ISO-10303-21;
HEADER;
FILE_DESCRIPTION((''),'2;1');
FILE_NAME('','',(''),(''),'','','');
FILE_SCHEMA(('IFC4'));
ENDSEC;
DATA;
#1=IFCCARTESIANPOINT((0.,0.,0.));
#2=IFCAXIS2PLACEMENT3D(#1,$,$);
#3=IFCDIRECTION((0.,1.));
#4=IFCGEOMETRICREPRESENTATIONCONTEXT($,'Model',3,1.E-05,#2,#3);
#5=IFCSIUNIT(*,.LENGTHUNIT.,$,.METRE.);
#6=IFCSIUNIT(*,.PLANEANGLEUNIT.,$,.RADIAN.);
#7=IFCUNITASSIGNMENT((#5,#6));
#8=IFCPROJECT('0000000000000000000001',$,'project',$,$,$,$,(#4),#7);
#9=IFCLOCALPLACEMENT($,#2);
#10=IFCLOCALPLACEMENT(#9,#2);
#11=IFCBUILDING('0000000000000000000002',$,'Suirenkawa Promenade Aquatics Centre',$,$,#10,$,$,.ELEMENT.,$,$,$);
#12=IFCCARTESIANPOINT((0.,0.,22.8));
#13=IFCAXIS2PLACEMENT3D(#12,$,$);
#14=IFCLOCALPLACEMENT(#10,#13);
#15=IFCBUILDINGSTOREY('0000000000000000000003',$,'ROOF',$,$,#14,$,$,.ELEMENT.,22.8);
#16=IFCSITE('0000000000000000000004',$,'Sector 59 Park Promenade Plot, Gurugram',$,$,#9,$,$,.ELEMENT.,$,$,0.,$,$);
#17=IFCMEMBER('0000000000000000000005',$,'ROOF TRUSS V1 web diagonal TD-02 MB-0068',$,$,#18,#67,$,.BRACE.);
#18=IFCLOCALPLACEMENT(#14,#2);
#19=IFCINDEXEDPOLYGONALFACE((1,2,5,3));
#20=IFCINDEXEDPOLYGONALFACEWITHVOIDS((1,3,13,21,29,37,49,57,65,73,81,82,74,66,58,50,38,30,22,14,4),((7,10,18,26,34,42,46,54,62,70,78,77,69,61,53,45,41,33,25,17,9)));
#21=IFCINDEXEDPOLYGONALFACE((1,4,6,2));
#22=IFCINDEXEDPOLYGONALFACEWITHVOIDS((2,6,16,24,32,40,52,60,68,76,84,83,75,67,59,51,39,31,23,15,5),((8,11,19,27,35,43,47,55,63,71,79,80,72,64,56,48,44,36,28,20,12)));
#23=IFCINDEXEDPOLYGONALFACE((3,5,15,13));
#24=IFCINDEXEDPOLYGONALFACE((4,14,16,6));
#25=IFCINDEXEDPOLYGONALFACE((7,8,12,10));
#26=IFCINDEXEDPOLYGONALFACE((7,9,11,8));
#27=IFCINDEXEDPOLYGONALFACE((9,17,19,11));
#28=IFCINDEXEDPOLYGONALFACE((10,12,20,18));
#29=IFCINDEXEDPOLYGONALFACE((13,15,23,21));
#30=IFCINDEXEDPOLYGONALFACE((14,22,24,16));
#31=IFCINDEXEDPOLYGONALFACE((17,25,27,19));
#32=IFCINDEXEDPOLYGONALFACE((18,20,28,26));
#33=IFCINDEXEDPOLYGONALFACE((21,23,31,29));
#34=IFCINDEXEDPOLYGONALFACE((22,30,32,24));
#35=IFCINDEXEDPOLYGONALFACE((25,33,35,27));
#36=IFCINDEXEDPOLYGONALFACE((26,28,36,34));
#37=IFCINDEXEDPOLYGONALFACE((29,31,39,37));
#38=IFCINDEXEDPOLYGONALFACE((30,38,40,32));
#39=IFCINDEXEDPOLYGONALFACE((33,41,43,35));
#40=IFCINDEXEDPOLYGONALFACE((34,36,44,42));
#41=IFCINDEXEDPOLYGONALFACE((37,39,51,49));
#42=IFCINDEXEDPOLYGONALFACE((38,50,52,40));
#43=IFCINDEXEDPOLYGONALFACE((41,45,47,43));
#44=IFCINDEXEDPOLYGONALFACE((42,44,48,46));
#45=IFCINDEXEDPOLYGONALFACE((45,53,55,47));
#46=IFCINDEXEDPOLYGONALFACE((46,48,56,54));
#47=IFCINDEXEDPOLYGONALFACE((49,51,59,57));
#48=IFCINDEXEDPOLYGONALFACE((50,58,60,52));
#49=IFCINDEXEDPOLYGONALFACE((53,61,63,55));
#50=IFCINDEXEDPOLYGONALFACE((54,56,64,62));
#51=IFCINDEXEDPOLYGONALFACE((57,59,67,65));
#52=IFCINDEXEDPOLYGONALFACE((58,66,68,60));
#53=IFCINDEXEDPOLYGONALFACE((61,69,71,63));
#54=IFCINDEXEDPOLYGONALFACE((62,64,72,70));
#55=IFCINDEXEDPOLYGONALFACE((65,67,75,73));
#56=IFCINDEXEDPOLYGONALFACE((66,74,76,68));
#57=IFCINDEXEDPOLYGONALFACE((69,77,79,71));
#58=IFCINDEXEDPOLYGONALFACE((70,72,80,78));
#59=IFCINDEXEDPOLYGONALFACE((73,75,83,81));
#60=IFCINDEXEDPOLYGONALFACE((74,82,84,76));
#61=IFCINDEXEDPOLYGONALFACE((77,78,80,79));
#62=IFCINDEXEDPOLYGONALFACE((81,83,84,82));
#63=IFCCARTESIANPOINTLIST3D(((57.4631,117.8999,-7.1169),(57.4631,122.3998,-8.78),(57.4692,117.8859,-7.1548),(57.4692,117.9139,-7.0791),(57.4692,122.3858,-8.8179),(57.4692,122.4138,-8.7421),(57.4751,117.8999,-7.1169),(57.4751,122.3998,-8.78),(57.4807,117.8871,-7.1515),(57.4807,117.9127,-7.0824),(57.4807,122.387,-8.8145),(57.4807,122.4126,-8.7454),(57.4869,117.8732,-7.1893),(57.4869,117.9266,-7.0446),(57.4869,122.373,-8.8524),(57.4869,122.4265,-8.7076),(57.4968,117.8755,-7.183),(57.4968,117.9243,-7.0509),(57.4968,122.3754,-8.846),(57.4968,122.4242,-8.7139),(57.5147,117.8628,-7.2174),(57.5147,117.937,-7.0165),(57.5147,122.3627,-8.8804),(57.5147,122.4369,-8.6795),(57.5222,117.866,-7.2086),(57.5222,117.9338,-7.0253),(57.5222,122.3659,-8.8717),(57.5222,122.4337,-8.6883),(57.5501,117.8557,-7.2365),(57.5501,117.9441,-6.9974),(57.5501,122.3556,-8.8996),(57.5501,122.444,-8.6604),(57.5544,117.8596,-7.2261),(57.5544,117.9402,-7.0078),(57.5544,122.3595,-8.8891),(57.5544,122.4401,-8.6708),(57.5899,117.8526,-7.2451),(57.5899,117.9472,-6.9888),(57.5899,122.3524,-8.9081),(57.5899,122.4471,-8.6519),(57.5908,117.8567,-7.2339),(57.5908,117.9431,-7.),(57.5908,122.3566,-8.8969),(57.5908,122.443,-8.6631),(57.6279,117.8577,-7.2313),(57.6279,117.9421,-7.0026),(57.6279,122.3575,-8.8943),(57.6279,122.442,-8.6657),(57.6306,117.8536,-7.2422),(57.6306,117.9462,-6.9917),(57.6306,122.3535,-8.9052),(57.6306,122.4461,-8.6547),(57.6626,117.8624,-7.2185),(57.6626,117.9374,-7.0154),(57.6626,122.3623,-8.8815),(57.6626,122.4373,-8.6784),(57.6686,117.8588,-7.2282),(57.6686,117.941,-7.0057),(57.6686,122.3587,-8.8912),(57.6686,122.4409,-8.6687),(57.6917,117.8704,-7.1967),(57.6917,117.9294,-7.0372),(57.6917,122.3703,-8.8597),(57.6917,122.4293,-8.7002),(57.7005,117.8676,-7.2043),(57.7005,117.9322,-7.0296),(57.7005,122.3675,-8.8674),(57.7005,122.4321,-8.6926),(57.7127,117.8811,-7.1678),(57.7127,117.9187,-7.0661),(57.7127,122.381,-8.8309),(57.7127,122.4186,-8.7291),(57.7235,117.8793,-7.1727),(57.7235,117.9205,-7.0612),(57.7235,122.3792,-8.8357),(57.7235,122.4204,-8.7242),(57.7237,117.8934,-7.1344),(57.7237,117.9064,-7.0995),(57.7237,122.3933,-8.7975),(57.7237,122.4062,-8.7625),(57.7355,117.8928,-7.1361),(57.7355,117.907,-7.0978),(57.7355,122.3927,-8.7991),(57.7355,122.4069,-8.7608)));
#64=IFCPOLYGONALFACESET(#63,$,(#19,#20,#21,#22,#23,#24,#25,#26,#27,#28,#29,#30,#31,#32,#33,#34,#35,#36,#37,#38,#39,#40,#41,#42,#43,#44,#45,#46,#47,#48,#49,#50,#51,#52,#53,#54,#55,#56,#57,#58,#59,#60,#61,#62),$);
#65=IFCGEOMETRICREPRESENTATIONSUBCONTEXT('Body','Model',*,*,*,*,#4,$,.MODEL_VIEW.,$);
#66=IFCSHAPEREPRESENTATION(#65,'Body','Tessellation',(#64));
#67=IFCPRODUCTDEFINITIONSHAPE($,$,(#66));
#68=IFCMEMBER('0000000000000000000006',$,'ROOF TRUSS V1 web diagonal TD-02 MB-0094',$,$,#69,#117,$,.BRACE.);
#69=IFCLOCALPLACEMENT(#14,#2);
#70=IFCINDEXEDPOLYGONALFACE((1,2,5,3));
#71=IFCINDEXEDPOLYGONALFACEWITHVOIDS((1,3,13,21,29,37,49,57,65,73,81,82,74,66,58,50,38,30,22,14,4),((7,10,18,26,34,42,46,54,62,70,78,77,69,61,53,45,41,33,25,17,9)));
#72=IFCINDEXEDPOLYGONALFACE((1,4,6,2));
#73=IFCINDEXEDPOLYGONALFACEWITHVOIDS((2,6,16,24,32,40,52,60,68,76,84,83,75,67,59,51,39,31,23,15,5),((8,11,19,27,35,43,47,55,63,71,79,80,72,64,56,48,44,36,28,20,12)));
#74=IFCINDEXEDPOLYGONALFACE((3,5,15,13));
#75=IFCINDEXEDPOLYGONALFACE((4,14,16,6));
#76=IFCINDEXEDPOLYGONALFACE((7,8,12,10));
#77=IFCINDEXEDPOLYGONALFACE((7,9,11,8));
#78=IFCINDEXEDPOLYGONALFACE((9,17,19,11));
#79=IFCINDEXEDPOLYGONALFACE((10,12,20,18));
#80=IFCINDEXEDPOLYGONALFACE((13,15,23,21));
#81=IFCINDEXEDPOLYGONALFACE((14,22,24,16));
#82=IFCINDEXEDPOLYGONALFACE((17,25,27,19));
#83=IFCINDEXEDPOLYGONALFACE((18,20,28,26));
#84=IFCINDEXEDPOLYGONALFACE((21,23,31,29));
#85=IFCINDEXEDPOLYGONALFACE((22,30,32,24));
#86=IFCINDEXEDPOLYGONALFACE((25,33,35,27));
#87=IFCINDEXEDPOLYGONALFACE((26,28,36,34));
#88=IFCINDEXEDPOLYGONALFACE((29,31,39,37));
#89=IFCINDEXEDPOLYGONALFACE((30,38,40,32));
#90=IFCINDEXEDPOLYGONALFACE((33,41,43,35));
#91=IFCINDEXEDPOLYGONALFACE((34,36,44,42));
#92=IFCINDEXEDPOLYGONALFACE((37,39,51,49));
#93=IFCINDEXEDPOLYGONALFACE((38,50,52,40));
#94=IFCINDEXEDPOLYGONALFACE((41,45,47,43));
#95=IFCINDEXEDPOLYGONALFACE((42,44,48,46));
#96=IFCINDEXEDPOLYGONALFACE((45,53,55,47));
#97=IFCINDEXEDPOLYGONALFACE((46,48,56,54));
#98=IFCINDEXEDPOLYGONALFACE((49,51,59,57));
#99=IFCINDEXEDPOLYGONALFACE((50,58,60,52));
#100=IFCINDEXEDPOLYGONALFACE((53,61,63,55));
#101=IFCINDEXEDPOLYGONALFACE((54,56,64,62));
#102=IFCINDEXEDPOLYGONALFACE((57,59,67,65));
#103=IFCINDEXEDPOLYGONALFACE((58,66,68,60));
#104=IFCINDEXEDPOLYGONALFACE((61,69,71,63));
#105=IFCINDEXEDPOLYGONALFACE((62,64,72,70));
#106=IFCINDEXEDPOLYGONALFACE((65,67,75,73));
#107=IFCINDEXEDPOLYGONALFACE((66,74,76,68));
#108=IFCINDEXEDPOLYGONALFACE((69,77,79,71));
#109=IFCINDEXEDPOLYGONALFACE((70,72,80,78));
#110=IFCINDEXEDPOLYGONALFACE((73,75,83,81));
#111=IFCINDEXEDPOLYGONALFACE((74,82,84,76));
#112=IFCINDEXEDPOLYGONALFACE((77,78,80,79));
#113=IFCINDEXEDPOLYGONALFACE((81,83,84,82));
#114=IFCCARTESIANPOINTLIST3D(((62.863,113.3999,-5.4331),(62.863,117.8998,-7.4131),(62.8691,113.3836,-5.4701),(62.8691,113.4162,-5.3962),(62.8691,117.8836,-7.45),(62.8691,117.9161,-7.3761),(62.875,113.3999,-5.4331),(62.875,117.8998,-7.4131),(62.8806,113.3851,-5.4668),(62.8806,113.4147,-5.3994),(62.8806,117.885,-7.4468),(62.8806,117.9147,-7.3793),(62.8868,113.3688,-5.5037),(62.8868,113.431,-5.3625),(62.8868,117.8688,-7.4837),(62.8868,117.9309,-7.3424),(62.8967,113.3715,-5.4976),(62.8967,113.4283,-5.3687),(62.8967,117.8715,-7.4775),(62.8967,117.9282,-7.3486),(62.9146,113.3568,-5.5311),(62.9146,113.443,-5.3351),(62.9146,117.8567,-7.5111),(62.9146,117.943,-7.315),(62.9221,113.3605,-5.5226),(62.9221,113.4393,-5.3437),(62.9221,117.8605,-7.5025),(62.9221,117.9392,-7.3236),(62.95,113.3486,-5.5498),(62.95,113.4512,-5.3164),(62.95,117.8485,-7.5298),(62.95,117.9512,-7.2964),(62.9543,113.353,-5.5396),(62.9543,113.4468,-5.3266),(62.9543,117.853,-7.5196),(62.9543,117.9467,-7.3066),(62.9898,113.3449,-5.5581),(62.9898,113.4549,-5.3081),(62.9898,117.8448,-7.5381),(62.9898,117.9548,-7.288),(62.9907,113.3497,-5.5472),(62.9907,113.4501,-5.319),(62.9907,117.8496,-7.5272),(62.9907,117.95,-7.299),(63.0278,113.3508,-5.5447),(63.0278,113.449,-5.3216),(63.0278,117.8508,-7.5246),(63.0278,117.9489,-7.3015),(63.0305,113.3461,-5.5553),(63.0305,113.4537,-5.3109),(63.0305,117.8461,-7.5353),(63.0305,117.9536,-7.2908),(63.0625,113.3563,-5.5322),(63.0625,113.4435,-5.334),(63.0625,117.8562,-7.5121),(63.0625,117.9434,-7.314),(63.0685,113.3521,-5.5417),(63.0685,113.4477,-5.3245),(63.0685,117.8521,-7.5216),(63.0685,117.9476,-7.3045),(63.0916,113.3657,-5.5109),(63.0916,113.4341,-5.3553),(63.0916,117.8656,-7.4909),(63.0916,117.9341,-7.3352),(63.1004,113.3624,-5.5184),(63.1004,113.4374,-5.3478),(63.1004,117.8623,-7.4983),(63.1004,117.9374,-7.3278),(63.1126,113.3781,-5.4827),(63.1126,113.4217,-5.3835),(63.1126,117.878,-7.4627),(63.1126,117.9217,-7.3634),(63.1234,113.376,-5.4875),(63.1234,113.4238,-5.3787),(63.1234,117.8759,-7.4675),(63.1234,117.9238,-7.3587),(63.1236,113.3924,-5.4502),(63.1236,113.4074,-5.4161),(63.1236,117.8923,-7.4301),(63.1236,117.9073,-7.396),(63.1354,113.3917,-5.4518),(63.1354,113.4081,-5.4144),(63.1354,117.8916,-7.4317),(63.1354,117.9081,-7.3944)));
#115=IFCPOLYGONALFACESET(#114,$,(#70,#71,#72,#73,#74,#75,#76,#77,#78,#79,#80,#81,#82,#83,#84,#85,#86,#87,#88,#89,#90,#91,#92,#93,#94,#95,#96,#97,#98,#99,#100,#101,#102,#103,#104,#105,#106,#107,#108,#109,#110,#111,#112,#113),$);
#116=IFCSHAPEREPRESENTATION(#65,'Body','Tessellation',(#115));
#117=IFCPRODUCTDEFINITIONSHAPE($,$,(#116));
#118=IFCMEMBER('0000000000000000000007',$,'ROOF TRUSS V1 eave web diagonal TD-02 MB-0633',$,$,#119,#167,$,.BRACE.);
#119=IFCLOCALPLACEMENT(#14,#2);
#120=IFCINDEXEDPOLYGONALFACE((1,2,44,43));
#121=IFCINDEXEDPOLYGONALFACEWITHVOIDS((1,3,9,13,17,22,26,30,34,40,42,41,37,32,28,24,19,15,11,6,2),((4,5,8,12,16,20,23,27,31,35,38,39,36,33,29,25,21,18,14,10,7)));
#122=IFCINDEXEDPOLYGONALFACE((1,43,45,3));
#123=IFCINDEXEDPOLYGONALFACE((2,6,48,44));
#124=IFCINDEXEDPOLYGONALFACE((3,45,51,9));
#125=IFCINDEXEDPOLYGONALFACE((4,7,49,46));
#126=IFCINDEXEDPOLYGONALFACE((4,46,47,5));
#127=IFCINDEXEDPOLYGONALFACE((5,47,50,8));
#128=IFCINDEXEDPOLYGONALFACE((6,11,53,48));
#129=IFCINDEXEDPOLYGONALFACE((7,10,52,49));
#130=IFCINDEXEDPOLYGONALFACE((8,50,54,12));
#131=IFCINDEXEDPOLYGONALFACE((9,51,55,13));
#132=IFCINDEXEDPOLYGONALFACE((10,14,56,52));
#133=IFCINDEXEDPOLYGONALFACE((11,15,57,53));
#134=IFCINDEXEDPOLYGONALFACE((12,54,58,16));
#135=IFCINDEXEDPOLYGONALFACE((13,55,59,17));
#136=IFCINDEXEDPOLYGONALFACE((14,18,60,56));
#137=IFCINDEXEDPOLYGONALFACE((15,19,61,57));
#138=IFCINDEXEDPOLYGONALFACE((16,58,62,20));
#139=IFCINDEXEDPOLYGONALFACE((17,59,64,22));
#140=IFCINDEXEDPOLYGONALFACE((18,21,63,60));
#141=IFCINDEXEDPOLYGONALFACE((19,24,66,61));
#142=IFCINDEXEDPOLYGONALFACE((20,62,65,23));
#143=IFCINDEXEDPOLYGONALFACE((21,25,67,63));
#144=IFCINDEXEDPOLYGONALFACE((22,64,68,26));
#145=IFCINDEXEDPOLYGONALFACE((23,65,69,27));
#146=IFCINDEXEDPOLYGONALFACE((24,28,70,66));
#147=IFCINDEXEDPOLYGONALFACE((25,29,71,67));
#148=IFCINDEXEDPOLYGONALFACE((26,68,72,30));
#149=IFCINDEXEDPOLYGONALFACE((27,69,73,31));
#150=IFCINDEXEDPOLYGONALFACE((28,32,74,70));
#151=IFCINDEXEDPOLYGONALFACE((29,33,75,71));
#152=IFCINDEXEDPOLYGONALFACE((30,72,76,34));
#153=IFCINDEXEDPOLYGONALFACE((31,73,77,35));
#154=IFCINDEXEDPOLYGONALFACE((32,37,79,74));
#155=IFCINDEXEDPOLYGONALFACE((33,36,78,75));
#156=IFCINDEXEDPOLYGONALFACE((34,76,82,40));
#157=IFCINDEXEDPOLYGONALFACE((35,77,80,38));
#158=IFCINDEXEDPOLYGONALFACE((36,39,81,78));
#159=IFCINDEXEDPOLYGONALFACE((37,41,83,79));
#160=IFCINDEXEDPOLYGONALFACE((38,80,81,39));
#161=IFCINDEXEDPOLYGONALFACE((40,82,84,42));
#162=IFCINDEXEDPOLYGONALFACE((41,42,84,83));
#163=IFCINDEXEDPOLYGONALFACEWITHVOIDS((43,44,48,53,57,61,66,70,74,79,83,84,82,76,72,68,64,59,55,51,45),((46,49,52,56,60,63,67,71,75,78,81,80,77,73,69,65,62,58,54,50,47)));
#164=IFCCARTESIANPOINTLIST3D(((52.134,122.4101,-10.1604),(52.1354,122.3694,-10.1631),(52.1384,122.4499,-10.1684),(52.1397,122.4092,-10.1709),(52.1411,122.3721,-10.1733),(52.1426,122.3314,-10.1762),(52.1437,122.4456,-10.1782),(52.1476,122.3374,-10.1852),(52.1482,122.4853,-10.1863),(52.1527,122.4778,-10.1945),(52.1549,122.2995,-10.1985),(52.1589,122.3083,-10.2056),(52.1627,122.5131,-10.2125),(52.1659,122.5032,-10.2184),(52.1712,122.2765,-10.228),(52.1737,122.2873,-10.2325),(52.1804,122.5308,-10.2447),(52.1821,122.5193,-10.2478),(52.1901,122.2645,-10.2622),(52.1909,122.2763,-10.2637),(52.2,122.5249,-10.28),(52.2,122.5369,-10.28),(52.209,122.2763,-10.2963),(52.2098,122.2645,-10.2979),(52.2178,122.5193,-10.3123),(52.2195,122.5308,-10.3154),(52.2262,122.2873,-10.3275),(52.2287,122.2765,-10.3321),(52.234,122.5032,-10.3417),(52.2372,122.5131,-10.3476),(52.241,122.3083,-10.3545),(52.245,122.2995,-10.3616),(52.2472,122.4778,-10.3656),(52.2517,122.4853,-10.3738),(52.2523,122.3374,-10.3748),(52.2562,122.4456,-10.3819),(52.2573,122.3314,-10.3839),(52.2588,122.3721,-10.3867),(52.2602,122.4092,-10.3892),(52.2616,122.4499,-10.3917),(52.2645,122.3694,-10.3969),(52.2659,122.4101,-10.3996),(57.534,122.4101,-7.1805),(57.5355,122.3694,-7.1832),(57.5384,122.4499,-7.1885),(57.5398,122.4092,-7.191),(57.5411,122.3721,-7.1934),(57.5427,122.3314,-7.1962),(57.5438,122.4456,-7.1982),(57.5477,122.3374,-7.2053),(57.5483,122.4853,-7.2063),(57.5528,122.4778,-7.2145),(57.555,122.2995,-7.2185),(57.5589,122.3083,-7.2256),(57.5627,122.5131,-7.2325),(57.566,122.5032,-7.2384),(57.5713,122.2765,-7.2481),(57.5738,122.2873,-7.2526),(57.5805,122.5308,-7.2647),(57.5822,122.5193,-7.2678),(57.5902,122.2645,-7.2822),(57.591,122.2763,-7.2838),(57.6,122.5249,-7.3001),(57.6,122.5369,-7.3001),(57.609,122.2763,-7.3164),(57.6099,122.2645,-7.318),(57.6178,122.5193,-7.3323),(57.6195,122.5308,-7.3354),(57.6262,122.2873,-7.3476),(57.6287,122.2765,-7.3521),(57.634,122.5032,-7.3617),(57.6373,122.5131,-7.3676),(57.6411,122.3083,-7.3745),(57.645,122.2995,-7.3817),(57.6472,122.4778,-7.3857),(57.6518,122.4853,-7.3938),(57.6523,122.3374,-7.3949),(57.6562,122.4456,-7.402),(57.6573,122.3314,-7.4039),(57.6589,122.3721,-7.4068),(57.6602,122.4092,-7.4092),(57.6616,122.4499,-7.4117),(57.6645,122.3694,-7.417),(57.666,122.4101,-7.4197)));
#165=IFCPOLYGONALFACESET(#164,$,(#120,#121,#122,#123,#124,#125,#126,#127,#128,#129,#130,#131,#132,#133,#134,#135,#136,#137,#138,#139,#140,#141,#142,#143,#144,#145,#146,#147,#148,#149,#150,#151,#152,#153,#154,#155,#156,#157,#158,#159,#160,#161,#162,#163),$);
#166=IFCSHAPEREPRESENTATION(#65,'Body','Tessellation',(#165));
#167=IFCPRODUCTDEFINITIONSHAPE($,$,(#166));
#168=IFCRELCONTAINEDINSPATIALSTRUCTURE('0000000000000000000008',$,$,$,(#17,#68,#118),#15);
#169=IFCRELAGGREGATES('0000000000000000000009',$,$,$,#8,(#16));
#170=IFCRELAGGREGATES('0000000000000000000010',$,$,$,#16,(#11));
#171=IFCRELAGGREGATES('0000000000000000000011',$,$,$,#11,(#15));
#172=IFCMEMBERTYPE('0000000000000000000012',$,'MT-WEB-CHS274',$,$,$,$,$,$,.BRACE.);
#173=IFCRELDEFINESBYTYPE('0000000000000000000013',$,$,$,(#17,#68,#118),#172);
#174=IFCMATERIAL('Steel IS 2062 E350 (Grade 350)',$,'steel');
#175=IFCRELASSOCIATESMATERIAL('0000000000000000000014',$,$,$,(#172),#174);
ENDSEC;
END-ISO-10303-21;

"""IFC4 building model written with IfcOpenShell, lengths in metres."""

from ifc_helpers import new_model, si_unit, direction, frame, origin, origin_2d, place, context, subcontext, project, spatial, hollow_circle, extrude, material, material_profile, profile_set, type_object, element, save


model = new_model("IFC4")

# Units and contexts
model_context = context("Model", 3, precision=1e-05, world=origin(), true_north=direction((0.0, 1.0)))
body_context = subcontext(model_context, "Body", "Model", "MODEL_VIEW")
ifc_project = project(units=[si_unit("LENGTHUNIT", "METRE"), si_unit("PLANEANGLEUNIT", "RADIAN")], contexts=[model_context])

# Site, building, storey
site_placement = place(None, origin())
site = spatial("IfcSite", under=ifc_project, at=site_placement, Name="Sector 59 Park Promenade Plot, Gurugram", CompositionType="ELEMENT", RefElevation=0.0)
building_placement = place(site_placement, origin())
building = spatial("IfcBuilding", under=site, at=building_placement, Name="Suirenkawa Promenade Aquatics Centre", CompositionType="ELEMENT")
storey_placement = place(building_placement, frame((0.0, 0.0, 22.8)))
storey = spatial("IfcBuildingStorey", under=building, at=storey_placement, Name="ROOF", CompositionType="ELEMENT", Elevation=22.8)

# Shared definitions
ifc_material = material(Name="Steel IS 2062 E350 (Grade 350)", Category="steel")

# Members
ifc_material_profile_1 = material_profile(ifc_material, hollow_circle(Radius=0.137, WallThickness=0.012, at=origin_2d()), Name="CHS 274x12", Category="steel")
ifc_profile_set_1 = profile_set([ifc_material_profile_1], Name="Steel IS 2062 E350 (Grade 350)")
member_type_1 = type_object("IfcMemberType", Name="MT-WEB-CHS274", PredefinedType="BRACE", material=ifc_profile_set_1)
member_1_placement = place(storey_placement, frame((57.6001, 117.8999, -7.1169), z_axis=(0.0, 0.937992, -0.346658), x_axis=(-1.0, 0.0, 0.0)))
element("IfcMember", 1, at=member_1_placement, inside=storey, type_object=member_type_1, Name="ROOF TRUSS V1 web diagonal TD-02 MB-0068", PredefinedType="BRACE", context=body_context, shape_type="SweptSolid", body=[
    extrude(hollow_circle(Radius=0.137, WallThickness=0.012, at=origin_2d()), origin(), (0.0, 0.0, 1.0), 4.7974),
])
member_2_placement = place(storey_placement, frame((63.0, 113.3999, -5.4331), z_axis=(0.0, 0.915316, -0.402735), x_axis=(-1.0, 0.0, 0.0)))
element("IfcMember", 2, at=member_2_placement, inside=storey, type_object=member_type_1, Name="ROOF TRUSS V1 web diagonal TD-02 MB-0094", PredefinedType="BRACE", context=body_context, shape_type="SweptSolid", body=[
    extrude(hollow_circle(Radius=0.137, WallThickness=0.012, at=origin_2d()), origin(), (0.0, 0.0, 1.0), 4.9163),
])
member_3_placement = place(storey_placement, frame((52.2, 122.3999, -10.28), z_axis=(0.875537, 0.0, 0.483151), x_axis=(0.0, 1.0, 0.0)))
element("IfcMember", 3, at=member_3_placement, inside=storey, type_object=member_type_1, Name="ROOF TRUSS V1 eave web diagonal TD-02 MB-0633", PredefinedType="BRACE", context=body_context, shape_type="SweptSolid", body=[
    extrude(hollow_circle(Radius=0.137, WallThickness=0.012, at=origin_2d()), origin(), (0.0, 0.0, 1.0), 6.1677),
])

save(model, "model.ifc")
